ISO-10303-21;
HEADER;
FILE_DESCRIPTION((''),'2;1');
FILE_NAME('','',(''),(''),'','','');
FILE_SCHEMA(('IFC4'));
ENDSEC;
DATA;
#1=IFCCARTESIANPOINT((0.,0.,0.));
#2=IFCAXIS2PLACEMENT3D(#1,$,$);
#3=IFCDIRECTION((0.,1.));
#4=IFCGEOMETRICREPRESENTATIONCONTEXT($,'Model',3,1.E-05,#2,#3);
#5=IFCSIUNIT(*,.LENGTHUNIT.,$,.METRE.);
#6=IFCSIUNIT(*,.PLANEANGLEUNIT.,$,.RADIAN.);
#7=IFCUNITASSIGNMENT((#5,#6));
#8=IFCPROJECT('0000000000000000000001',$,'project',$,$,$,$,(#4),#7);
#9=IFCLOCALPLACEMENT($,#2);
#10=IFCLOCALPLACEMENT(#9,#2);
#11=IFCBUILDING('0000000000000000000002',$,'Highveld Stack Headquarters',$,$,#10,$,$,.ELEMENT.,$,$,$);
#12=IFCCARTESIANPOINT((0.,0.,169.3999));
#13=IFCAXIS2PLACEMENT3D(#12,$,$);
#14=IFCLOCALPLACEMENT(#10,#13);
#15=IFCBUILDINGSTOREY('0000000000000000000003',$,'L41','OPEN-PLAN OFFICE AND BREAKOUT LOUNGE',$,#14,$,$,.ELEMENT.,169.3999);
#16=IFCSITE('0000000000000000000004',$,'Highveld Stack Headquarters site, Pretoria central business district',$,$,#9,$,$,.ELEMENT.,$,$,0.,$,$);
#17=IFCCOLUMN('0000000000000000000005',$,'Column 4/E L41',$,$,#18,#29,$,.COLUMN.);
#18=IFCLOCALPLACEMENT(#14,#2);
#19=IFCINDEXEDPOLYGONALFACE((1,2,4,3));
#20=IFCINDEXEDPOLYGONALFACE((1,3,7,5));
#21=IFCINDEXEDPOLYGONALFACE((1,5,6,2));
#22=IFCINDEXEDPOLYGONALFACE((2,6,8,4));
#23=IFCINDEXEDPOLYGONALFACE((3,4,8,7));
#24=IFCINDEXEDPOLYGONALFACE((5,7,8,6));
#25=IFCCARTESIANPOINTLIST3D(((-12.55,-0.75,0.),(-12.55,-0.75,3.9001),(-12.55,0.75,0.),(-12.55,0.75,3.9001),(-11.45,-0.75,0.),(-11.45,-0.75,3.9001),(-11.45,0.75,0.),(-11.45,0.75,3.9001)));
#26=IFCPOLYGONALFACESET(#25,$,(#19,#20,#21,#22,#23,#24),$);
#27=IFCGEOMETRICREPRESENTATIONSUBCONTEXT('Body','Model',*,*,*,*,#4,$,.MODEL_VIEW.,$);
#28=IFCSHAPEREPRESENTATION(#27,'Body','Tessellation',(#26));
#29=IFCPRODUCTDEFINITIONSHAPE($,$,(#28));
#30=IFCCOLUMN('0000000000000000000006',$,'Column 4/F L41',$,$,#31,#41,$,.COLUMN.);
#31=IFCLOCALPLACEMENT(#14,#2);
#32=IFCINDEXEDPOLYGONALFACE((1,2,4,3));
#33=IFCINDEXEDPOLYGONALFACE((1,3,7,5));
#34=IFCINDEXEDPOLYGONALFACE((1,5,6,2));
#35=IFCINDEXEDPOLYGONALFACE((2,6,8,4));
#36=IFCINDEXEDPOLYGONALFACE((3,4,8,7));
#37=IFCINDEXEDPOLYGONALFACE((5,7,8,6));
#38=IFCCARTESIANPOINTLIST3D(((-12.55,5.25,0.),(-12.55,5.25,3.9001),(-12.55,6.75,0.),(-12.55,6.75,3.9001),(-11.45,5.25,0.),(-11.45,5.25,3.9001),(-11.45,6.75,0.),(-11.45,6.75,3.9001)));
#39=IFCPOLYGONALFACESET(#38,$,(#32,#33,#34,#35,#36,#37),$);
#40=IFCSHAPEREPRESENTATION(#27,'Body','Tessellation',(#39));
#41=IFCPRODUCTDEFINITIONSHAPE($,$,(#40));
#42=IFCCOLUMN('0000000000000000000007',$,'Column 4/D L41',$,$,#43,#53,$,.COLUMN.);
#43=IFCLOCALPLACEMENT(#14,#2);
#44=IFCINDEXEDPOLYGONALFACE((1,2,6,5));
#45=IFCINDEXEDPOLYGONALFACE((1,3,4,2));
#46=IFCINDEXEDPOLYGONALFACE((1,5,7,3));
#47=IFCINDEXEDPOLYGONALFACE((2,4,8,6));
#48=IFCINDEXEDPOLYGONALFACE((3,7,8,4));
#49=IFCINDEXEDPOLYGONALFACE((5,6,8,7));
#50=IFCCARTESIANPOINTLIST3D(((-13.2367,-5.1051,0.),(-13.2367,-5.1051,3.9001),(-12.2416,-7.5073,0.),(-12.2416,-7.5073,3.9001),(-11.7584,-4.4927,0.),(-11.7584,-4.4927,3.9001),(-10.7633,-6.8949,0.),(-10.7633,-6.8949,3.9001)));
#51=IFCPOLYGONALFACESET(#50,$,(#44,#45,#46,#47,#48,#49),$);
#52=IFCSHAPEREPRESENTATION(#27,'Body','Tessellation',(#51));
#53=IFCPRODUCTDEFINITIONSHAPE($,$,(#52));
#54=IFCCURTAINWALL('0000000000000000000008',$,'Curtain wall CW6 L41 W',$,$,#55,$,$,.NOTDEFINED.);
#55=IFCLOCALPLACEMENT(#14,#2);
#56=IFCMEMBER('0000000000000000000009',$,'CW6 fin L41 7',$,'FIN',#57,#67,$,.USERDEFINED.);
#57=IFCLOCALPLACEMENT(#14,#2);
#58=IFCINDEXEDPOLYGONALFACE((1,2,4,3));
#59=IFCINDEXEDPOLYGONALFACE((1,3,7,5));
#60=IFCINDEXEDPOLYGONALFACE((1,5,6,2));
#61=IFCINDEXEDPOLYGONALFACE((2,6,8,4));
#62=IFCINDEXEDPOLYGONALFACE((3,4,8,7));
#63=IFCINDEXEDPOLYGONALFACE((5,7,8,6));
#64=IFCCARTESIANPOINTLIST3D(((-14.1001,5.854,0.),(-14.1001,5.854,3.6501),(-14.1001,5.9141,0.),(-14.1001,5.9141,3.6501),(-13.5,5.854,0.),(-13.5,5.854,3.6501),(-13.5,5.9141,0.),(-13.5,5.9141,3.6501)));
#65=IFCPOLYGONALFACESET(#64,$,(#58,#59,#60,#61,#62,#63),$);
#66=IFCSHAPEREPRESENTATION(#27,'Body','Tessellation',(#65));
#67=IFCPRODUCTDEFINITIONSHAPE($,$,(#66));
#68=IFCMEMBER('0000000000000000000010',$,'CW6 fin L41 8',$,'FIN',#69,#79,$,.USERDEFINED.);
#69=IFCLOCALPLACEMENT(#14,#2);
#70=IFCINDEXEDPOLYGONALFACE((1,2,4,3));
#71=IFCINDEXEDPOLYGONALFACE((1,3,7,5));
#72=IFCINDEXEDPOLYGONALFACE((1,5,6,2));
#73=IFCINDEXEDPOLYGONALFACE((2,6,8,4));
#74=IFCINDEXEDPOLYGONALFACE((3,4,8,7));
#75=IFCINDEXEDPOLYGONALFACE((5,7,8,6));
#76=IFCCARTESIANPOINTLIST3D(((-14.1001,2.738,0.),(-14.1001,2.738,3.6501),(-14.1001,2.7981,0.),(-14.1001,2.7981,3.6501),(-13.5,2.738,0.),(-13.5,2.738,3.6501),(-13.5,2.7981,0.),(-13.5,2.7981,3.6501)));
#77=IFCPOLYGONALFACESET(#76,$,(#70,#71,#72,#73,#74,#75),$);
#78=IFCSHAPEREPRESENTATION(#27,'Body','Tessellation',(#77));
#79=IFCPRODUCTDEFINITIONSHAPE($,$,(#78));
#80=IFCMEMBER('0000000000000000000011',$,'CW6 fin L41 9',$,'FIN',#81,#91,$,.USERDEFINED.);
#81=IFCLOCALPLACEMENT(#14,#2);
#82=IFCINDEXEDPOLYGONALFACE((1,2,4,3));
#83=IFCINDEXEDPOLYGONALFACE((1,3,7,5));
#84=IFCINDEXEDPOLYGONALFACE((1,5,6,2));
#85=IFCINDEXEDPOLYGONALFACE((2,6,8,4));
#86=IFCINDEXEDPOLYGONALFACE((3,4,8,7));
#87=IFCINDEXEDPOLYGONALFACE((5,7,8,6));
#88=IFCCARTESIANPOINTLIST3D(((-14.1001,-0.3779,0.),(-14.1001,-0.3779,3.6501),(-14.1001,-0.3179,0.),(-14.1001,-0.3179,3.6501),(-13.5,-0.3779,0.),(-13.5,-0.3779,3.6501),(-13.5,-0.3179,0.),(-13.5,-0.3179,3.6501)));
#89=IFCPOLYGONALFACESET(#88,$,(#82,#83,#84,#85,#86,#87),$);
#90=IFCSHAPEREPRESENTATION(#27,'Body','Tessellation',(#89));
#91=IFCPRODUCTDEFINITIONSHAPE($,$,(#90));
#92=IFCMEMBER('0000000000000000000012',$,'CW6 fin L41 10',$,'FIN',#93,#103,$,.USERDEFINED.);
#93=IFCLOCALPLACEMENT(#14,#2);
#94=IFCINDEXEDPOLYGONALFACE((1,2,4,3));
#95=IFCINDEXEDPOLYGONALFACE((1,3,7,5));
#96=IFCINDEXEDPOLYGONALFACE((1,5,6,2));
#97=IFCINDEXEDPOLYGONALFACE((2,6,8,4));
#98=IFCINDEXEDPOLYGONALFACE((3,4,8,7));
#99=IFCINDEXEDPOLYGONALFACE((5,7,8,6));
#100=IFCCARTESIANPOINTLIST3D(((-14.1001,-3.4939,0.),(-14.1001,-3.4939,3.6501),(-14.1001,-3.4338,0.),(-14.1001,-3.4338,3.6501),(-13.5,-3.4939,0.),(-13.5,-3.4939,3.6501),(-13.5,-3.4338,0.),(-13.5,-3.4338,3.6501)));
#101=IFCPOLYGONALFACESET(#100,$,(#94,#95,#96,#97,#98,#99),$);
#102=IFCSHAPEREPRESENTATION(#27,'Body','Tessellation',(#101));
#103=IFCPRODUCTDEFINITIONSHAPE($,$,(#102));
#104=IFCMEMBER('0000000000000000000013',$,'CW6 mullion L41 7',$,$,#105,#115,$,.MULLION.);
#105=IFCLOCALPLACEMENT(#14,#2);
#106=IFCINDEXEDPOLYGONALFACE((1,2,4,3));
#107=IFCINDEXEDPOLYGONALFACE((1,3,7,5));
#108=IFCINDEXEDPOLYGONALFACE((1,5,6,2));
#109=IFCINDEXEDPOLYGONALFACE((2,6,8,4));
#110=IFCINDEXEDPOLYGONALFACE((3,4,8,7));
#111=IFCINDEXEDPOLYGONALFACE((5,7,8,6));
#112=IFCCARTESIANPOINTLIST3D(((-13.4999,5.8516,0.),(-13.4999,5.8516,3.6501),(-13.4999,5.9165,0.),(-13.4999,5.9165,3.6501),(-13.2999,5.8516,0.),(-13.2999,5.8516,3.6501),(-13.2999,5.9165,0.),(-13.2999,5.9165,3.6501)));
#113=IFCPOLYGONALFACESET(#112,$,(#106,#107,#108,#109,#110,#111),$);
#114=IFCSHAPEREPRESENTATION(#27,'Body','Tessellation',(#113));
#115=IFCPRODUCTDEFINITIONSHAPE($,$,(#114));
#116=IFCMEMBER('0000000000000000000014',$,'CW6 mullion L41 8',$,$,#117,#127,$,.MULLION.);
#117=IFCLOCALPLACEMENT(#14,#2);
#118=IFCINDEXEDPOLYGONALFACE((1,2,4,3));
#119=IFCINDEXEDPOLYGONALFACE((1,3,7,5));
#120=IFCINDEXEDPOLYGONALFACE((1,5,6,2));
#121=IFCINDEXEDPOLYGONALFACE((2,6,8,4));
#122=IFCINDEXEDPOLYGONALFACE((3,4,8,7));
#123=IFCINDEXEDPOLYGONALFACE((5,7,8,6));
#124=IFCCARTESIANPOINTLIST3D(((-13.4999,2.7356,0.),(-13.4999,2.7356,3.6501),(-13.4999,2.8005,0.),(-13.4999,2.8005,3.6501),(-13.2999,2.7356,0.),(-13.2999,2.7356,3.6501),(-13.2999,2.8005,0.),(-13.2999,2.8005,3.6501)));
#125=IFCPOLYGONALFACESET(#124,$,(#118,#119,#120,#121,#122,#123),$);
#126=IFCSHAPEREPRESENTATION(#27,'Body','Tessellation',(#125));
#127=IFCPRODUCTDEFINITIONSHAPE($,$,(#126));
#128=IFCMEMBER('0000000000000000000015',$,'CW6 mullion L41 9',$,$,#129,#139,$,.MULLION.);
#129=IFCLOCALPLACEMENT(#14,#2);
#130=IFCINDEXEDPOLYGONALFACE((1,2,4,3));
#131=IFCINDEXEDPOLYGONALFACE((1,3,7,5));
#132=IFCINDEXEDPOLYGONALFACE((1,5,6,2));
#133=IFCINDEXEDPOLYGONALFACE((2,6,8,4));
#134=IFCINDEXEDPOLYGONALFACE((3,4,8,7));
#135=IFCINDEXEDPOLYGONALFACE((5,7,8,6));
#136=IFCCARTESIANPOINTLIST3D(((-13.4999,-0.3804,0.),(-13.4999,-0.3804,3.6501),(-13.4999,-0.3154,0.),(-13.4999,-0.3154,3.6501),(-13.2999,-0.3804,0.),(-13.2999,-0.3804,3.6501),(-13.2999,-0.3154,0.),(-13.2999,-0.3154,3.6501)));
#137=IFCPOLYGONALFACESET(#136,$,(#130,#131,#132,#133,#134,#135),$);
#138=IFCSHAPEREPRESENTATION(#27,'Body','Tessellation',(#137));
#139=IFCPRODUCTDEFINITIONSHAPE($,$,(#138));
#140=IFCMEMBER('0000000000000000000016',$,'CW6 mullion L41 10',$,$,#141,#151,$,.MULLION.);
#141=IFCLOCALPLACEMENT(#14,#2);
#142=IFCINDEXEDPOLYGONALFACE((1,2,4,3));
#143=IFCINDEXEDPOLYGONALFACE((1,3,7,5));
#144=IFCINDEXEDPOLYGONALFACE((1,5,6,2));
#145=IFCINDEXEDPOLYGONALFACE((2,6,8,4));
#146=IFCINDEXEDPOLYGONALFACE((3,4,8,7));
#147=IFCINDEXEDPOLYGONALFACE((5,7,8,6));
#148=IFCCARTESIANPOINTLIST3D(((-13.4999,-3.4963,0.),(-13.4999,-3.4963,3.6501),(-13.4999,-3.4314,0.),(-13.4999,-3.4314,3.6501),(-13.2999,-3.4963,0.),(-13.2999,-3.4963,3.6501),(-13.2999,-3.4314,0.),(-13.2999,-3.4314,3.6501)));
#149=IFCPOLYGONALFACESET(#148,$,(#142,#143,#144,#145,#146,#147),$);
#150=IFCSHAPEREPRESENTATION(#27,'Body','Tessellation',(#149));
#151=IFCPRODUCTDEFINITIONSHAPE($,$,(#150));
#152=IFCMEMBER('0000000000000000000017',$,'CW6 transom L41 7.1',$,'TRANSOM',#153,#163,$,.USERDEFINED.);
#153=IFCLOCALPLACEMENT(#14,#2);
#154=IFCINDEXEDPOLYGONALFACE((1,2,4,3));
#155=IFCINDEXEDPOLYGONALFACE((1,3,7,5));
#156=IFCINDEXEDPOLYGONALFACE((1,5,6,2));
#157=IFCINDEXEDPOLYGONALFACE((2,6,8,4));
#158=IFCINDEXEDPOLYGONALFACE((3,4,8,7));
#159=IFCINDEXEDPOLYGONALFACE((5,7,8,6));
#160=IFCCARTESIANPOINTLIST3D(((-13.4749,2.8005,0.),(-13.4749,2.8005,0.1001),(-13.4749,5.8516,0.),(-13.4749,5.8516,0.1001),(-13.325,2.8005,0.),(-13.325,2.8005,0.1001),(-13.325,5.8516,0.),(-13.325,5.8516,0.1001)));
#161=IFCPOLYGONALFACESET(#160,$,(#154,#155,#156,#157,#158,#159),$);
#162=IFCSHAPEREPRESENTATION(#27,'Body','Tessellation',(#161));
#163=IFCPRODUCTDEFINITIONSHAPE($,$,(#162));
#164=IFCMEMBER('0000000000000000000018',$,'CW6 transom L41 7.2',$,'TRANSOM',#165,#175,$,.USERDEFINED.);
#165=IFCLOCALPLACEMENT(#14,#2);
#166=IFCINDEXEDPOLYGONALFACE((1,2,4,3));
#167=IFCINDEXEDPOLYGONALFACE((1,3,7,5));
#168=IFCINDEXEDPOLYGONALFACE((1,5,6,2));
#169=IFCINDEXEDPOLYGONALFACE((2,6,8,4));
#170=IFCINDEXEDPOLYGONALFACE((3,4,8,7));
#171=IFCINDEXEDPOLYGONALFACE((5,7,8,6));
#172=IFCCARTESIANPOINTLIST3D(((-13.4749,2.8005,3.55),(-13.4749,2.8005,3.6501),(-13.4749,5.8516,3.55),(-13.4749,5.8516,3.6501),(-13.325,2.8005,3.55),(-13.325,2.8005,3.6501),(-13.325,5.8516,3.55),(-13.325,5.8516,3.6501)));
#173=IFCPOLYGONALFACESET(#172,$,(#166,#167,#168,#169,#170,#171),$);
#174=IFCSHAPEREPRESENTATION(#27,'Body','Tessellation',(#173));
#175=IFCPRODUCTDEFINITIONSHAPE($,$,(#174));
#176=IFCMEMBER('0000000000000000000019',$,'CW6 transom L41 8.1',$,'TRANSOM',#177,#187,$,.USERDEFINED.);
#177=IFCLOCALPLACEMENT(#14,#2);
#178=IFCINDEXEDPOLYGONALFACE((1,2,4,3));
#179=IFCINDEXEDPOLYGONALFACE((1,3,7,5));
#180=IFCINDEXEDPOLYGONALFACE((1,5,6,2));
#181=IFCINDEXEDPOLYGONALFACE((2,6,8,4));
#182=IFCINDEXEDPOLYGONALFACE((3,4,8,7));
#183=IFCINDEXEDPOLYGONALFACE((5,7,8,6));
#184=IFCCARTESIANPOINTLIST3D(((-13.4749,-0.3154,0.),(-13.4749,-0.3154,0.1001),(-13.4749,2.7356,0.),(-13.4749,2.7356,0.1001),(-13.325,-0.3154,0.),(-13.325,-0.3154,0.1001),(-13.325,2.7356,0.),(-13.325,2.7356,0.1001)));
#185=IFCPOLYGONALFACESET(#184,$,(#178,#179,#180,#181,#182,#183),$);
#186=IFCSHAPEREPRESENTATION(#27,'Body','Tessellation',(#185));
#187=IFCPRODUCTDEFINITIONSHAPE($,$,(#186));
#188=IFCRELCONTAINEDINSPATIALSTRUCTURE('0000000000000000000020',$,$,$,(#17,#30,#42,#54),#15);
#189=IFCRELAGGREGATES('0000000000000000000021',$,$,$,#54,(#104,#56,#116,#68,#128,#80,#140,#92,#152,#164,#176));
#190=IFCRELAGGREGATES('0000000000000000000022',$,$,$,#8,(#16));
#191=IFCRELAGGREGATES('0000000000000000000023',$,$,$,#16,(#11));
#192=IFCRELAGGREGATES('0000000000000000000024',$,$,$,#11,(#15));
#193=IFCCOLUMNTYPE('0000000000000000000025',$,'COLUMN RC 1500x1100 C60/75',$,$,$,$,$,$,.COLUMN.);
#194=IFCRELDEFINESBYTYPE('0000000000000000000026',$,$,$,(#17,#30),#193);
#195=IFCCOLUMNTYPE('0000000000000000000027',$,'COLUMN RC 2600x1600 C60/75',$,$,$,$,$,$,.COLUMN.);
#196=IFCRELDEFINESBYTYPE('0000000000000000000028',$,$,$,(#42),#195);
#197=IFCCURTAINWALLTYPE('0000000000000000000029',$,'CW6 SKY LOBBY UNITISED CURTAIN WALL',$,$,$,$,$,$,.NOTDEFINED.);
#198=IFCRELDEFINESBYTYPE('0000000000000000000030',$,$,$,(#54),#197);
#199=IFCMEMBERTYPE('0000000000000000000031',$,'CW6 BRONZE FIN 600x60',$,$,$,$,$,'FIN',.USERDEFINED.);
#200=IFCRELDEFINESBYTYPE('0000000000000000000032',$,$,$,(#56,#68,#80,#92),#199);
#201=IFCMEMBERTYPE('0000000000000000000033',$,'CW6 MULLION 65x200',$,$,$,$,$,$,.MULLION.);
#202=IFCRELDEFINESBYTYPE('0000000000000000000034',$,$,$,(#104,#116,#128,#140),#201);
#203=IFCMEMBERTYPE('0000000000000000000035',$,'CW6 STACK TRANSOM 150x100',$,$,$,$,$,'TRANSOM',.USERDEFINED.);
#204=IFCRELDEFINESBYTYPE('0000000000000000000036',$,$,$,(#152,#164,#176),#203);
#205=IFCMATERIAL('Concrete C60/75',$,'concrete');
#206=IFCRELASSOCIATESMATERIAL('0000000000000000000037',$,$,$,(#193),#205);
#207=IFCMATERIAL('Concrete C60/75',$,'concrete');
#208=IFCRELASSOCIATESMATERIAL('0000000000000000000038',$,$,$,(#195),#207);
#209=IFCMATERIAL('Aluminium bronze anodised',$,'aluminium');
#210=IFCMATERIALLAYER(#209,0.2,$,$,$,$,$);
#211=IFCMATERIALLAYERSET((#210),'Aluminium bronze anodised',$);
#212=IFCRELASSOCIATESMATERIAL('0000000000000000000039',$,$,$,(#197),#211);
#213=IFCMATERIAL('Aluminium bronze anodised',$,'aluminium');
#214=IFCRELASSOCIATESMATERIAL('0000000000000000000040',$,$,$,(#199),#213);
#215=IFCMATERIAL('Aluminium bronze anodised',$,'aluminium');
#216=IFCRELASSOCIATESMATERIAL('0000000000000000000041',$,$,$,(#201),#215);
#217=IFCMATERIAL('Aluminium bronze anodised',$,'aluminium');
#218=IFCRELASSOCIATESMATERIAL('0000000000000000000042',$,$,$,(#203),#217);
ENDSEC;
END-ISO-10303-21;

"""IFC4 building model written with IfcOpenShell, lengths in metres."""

from ifc_helpers import new_model, si_unit, direction, frame, origin, origin_2d, place, context, subcontext, project, spatial, rectangle, extrude, material, layer, layer_set, material_profile, profile_set, type_object, element, aggregate, save


model = new_model("IFC4")

# Units and contexts
model_context = context("Model", 3, precision=1e-05, world=origin(), true_north=direction((0.0, 1.0)))
body_context = subcontext(model_context, "Body", "Model", "MODEL_VIEW")
ifc_project = project(units=[si_unit("LENGTHUNIT", "METRE"), si_unit("PLANEANGLEUNIT", "RADIAN")], contexts=[model_context])

# Site, building, storey
site_placement = place(None, origin())
site = spatial("IfcSite", under=ifc_project, at=site_placement, Name="Highveld Stack Headquarters site, Pretoria central business district", CompositionType="ELEMENT", RefElevation=0.0)
building_placement = place(site_placement, origin())
building = spatial("IfcBuilding", under=site, at=building_placement, Name="Highveld Stack Headquarters", CompositionType="ELEMENT")
storey_placement = place(building_placement, frame((0.0, 0.0, 169.3999)))
storey = spatial("IfcBuildingStorey", under=building, at=storey_placement, Name="L41", Description="OPEN-PLAN OFFICE AND BREAKOUT LOUNGE", CompositionType="ELEMENT", Elevation=169.3999)

# Columns
ifc_material_1 = material(Name="Concrete C60/75", Category="concrete")
ifc_material_profile_1 = material_profile(ifc_material_1, rectangle(XDim=1.5, YDim=1.1001, at=origin_2d()), Name="RC 1500x1100")
ifc_profile_set_1 = profile_set([ifc_material_profile_1], Name="Concrete C60/75")
column_type_1 = type_object("IfcColumnType", Name="COLUMN RC 1500x1100 C60/75", PredefinedType="COLUMN", material=ifc_profile_set_1)
for number, where, z_axis, x_axis, name in (
    (1, (-12.0, 0.0, 0.0), (0.0, 0.0, 1.0), (0.0, 1.0, 0.0), "Column 4/E L41"),
    (2, (-12.0, 6.0, 0.0), (0.0, 0.0, 1.0), (0.0, 1.0, 0.0), "Column 4/F L41"),
):
    element("IfcColumn", number, at=place(storey_placement, frame(where, z_axis=z_axis, x_axis=x_axis)), inside=storey, type_object=column_type_1, Name=name, PredefinedType="COLUMN", context=body_context, shape_type="SweptSolid", body=[
        extrude(rectangle(XDim=1.5, YDim=1.1001, at=origin_2d()), origin(), (0.0, 0.0, 1.0), 3.9001),
    ])
ifc_material_2 = material(Name="Concrete C60/75", Category="concrete")
ifc_material_profile_2 = material_profile(ifc_material_2, rectangle(XDim=2.6001, YDim=1.6001, at=origin_2d()), Name="RC 2600x1600")
ifc_profile_set_2 = profile_set([ifc_material_profile_2], Name="Concrete C60/75")
column_type_2 = type_object("IfcColumnType", Name="COLUMN RC 2600x1600 C60/75", PredefinedType="COLUMN", material=ifc_profile_set_2)
column_placement = place(storey_placement, frame((-12.0, -6.0, 0.0), z_axis=(0.0, 0.0, 1.0), x_axis=(-0.382683, 0.92388, 0.0)))
element("IfcColumn", 3, at=column_placement, inside=storey, type_object=column_type_2, Name="Column 4/D L41", PredefinedType="COLUMN", context=body_context, shape_type="SweptSolid", body=[
    extrude(rectangle(XDim=2.6001, YDim=1.6001, at=origin_2d()), origin(), (0.0, 0.0, 1.0), 3.9001),
])

# Curtain wall, members
ifc_material_3 = material(Name="Aluminium bronze anodised", Category="aluminium")
ifc_layer_1 = layer(ifc_material_3, 0.2)
ifc_layer_set_1 = layer_set([ifc_layer_1], Name="Aluminium bronze anodised")
curtain_wall_type = type_object("IfcCurtainWallType", Name="CW6 SKY LOBBY UNITISED CURTAIN WALL", PredefinedType="NOTDEFINED", material=ifc_layer_set_1)
curtain_wall_placement = place(storey_placement, origin())
curtain_wall = element("IfcCurtainWall", 4, at=curtain_wall_placement, inside=storey, type_object=curtain_wall_type, Name="Curtain wall CW6 L41 W", PredefinedType="NOTDEFINED")
ifc_material_4 = material(Name="Aluminium bronze anodised", Category="aluminium")
ifc_material_profile_3 = material_profile(ifc_material_4, rectangle(XDim=0.6001, YDim=0.0601, at=origin_2d()), Name="FIN 600x60")
ifc_profile_set_3 = profile_set([ifc_material_profile_3], Name="Aluminium bronze anodised")
member_type_1 = type_object("IfcMemberType", Name="CW6 BRONZE FIN 600x60", ElementType="FIN", PredefinedType="USERDEFINED", material=ifc_profile_set_3)
member_1_placement = place(storey_placement, frame((-13.8, 5.884, 0.0), z_axis=(0.0, 0.0, 1.0), x_axis=(1.0, 0.0, 0.0)))
member_1 = element("IfcMember", 5, at=member_1_placement, type_object=member_type_1, Name="CW6 fin L41 7", ObjectType="FIN", PredefinedType="USERDEFINED", context=body_context, shape_type="SweptSolid", body=[
    extrude(rectangle(XDim=0.6001, YDim=0.0601, at=origin_2d()), origin(), (0.0, 0.0, 1.0), 3.6501),
])
member_2_placement = place(storey_placement, frame((-13.8, 2.7681, 0.0), z_axis=(0.0, 0.0, 1.0), x_axis=(1.0, 0.0, 0.0)))
member_2 = element("IfcMember", 6, at=member_2_placement, type_object=member_type_1, Name="CW6 fin L41 8", ObjectType="FIN", PredefinedType="USERDEFINED", context=body_context, shape_type="SweptSolid", body=[
    extrude(rectangle(XDim=0.6001, YDim=0.0601, at=origin_2d()), origin(), (0.0, 0.0, 1.0), 3.6501),
])
member_3_placement = place(storey_placement, frame((-13.8, -0.3479, 0.0), z_axis=(0.0, 0.0, 1.0), x_axis=(1.0, 0.0, 0.0)))
member_3 = element("IfcMember", 7, at=member_3_placement, type_object=member_type_1, Name="CW6 fin L41 9", ObjectType="FIN", PredefinedType="USERDEFINED", context=body_context, shape_type="SweptSolid", body=[
    extrude(rectangle(XDim=0.6001, YDim=0.0601, at=origin_2d()), origin(), (0.0, 0.0, 1.0), 3.6501),
])
member_4_placement = place(storey_placement, frame((-13.8, -3.4639, 0.0), z_axis=(0.0, 0.0, 1.0), x_axis=(1.0, 0.0, 0.0)))
member_4 = element("IfcMember", 8, at=member_4_placement, type_object=member_type_1, Name="CW6 fin L41 10", ObjectType="FIN", PredefinedType="USERDEFINED", context=body_context, shape_type="SweptSolid", body=[
    extrude(rectangle(XDim=0.6001, YDim=0.0601, at=origin_2d()), origin(), (0.0, 0.0, 1.0), 3.6501),
])
ifc_material_5 = material(Name="Aluminium bronze anodised", Category="aluminium")
ifc_material_profile_4 = material_profile(ifc_material_5, rectangle(XDim=0.2, YDim=0.0649, at=origin_2d()), Name="CW6 MULLION 65x200")
ifc_profile_set_4 = profile_set([ifc_material_profile_4], Name="Aluminium bronze anodised")
member_type_2 = type_object("IfcMemberType", Name="CW6 MULLION 65x200", PredefinedType="MULLION", material=ifc_profile_set_4)
member_5_placement = place(storey_placement, frame((-13.3999, 5.884, 0.0), z_axis=(0.0, 0.0, 1.0), x_axis=(1.0, 0.0, 0.0)))
member_5 = element("IfcMember", 9, at=member_5_placement, type_object=member_type_2, Name="CW6 mullion L41 7", PredefinedType="MULLION", context=body_context, shape_type="SweptSolid", body=[
    extrude(rectangle(XDim=0.2, YDim=0.0649, at=origin_2d()), origin(), (0.0, 0.0, 1.0), 3.6501),
])
member_6_placement = place(storey_placement, frame((-13.3999, 2.7681, 0.0), z_axis=(0.0, 0.0, 1.0), x_axis=(1.0, 0.0, 0.0)))
member_6 = element("IfcMember", 10, at=member_6_placement, type_object=member_type_2, Name="CW6 mullion L41 8", PredefinedType="MULLION", context=body_context, shape_type="SweptSolid", body=[
    extrude(rectangle(XDim=0.2, YDim=0.0649, at=origin_2d()), origin(), (0.0, 0.0, 1.0), 3.6501),
])
member_7_placement = place(storey_placement, frame((-13.3999, -0.3479, 0.0), z_axis=(0.0, 0.0, 1.0), x_axis=(1.0, 0.0, 0.0)))
member_7 = element("IfcMember", 11, at=member_7_placement, type_object=member_type_2, Name="CW6 mullion L41 9", PredefinedType="MULLION", context=body_context, shape_type="SweptSolid", body=[
    extrude(rectangle(XDim=0.2, YDim=0.0649, at=origin_2d()), origin(), (0.0, 0.0, 1.0), 3.6501),
])
member_8_placement = place(storey_placement, frame((-13.3999, -3.4639, 0.0), z_axis=(0.0, 0.0, 1.0), x_axis=(1.0, 0.0, 0.0)))
member_8 = element("IfcMember", 12, at=member_8_placement, type_object=member_type_2, Name="CW6 mullion L41 10", PredefinedType="MULLION", context=body_context, shape_type="SweptSolid", body=[
    extrude(rectangle(XDim=0.2, YDim=0.0649, at=origin_2d()), origin(), (0.0, 0.0, 1.0), 3.6501),
])
ifc_material_6 = material(Name="Aluminium bronze anodised", Category="aluminium")
ifc_material_profile_5 = material_profile(ifc_material_6, rectangle(XDim=0.1499, YDim=0.1001, at=origin_2d()), Name="CW6 TRANSOM 150x100")
ifc_profile_set_5 = profile_set([ifc_material_profile_5], Name="Aluminium bronze anodised")
member_type_3 = type_object("IfcMemberType", Name="CW6 STACK TRANSOM 150x100", ElementType="TRANSOM", PredefinedType="USERDEFINED", material=ifc_profile_set_5)
member_9_placement = place(storey_placement, frame((-13.3999, 5.8516, 0.05), z_axis=(0.0, -1.0, 0.0), x_axis=(1.0, 0.0, 0.0)))
member_9 = element("IfcMember", 13, at=member_9_placement, type_object=member_type_3, Name="CW6 transom L41 7.1", ObjectType="TRANSOM", PredefinedType="USERDEFINED", context=body_context, shape_type="SweptSolid", body=[
    extrude(rectangle(XDim=0.1499, YDim=0.1001, at=origin_2d()), origin(), (0.0, 0.0, 1.0), 3.051),
])
member_10_placement = place(storey_placement, frame((-13.3999, 5.8516, 3.6001), z_axis=(0.0, -1.0, 0.0), x_axis=(1.0, 0.0, 0.0)))
member_10 = element("IfcMember", 14, at=member_10_placement, type_object=member_type_3, Name="CW6 transom L41 7.2", ObjectType="TRANSOM", PredefinedType="USERDEFINED", context=body_context, shape_type="SweptSolid", body=[
    extrude(rectangle(XDim=0.1499, YDim=0.1001, at=origin_2d()), origin(), (0.0, 0.0, 1.0), 3.051),
])
member_11_placement = place(storey_placement, frame((-13.3999, 2.7356, 0.05), z_axis=(0.0, -1.0, 0.0), x_axis=(1.0, 0.0, 0.0)))
member_11 = element("IfcMember", 15, at=member_11_placement, type_object=member_type_3, Name="CW6 transom L41 8.1", ObjectType="TRANSOM", PredefinedType="USERDEFINED", context=body_context, shape_type="SweptSolid", body=[
    extrude(rectangle(XDim=0.1499, YDim=0.1001, at=origin_2d()), origin(), (0.0, 0.0, 1.0), 3.051),
])
aggregate(curtain_wall, [member_5, member_1, member_6, member_2, member_7, member_3, member_8, member_4, member_9, member_10, member_11])

save(model, "model.ifc")
